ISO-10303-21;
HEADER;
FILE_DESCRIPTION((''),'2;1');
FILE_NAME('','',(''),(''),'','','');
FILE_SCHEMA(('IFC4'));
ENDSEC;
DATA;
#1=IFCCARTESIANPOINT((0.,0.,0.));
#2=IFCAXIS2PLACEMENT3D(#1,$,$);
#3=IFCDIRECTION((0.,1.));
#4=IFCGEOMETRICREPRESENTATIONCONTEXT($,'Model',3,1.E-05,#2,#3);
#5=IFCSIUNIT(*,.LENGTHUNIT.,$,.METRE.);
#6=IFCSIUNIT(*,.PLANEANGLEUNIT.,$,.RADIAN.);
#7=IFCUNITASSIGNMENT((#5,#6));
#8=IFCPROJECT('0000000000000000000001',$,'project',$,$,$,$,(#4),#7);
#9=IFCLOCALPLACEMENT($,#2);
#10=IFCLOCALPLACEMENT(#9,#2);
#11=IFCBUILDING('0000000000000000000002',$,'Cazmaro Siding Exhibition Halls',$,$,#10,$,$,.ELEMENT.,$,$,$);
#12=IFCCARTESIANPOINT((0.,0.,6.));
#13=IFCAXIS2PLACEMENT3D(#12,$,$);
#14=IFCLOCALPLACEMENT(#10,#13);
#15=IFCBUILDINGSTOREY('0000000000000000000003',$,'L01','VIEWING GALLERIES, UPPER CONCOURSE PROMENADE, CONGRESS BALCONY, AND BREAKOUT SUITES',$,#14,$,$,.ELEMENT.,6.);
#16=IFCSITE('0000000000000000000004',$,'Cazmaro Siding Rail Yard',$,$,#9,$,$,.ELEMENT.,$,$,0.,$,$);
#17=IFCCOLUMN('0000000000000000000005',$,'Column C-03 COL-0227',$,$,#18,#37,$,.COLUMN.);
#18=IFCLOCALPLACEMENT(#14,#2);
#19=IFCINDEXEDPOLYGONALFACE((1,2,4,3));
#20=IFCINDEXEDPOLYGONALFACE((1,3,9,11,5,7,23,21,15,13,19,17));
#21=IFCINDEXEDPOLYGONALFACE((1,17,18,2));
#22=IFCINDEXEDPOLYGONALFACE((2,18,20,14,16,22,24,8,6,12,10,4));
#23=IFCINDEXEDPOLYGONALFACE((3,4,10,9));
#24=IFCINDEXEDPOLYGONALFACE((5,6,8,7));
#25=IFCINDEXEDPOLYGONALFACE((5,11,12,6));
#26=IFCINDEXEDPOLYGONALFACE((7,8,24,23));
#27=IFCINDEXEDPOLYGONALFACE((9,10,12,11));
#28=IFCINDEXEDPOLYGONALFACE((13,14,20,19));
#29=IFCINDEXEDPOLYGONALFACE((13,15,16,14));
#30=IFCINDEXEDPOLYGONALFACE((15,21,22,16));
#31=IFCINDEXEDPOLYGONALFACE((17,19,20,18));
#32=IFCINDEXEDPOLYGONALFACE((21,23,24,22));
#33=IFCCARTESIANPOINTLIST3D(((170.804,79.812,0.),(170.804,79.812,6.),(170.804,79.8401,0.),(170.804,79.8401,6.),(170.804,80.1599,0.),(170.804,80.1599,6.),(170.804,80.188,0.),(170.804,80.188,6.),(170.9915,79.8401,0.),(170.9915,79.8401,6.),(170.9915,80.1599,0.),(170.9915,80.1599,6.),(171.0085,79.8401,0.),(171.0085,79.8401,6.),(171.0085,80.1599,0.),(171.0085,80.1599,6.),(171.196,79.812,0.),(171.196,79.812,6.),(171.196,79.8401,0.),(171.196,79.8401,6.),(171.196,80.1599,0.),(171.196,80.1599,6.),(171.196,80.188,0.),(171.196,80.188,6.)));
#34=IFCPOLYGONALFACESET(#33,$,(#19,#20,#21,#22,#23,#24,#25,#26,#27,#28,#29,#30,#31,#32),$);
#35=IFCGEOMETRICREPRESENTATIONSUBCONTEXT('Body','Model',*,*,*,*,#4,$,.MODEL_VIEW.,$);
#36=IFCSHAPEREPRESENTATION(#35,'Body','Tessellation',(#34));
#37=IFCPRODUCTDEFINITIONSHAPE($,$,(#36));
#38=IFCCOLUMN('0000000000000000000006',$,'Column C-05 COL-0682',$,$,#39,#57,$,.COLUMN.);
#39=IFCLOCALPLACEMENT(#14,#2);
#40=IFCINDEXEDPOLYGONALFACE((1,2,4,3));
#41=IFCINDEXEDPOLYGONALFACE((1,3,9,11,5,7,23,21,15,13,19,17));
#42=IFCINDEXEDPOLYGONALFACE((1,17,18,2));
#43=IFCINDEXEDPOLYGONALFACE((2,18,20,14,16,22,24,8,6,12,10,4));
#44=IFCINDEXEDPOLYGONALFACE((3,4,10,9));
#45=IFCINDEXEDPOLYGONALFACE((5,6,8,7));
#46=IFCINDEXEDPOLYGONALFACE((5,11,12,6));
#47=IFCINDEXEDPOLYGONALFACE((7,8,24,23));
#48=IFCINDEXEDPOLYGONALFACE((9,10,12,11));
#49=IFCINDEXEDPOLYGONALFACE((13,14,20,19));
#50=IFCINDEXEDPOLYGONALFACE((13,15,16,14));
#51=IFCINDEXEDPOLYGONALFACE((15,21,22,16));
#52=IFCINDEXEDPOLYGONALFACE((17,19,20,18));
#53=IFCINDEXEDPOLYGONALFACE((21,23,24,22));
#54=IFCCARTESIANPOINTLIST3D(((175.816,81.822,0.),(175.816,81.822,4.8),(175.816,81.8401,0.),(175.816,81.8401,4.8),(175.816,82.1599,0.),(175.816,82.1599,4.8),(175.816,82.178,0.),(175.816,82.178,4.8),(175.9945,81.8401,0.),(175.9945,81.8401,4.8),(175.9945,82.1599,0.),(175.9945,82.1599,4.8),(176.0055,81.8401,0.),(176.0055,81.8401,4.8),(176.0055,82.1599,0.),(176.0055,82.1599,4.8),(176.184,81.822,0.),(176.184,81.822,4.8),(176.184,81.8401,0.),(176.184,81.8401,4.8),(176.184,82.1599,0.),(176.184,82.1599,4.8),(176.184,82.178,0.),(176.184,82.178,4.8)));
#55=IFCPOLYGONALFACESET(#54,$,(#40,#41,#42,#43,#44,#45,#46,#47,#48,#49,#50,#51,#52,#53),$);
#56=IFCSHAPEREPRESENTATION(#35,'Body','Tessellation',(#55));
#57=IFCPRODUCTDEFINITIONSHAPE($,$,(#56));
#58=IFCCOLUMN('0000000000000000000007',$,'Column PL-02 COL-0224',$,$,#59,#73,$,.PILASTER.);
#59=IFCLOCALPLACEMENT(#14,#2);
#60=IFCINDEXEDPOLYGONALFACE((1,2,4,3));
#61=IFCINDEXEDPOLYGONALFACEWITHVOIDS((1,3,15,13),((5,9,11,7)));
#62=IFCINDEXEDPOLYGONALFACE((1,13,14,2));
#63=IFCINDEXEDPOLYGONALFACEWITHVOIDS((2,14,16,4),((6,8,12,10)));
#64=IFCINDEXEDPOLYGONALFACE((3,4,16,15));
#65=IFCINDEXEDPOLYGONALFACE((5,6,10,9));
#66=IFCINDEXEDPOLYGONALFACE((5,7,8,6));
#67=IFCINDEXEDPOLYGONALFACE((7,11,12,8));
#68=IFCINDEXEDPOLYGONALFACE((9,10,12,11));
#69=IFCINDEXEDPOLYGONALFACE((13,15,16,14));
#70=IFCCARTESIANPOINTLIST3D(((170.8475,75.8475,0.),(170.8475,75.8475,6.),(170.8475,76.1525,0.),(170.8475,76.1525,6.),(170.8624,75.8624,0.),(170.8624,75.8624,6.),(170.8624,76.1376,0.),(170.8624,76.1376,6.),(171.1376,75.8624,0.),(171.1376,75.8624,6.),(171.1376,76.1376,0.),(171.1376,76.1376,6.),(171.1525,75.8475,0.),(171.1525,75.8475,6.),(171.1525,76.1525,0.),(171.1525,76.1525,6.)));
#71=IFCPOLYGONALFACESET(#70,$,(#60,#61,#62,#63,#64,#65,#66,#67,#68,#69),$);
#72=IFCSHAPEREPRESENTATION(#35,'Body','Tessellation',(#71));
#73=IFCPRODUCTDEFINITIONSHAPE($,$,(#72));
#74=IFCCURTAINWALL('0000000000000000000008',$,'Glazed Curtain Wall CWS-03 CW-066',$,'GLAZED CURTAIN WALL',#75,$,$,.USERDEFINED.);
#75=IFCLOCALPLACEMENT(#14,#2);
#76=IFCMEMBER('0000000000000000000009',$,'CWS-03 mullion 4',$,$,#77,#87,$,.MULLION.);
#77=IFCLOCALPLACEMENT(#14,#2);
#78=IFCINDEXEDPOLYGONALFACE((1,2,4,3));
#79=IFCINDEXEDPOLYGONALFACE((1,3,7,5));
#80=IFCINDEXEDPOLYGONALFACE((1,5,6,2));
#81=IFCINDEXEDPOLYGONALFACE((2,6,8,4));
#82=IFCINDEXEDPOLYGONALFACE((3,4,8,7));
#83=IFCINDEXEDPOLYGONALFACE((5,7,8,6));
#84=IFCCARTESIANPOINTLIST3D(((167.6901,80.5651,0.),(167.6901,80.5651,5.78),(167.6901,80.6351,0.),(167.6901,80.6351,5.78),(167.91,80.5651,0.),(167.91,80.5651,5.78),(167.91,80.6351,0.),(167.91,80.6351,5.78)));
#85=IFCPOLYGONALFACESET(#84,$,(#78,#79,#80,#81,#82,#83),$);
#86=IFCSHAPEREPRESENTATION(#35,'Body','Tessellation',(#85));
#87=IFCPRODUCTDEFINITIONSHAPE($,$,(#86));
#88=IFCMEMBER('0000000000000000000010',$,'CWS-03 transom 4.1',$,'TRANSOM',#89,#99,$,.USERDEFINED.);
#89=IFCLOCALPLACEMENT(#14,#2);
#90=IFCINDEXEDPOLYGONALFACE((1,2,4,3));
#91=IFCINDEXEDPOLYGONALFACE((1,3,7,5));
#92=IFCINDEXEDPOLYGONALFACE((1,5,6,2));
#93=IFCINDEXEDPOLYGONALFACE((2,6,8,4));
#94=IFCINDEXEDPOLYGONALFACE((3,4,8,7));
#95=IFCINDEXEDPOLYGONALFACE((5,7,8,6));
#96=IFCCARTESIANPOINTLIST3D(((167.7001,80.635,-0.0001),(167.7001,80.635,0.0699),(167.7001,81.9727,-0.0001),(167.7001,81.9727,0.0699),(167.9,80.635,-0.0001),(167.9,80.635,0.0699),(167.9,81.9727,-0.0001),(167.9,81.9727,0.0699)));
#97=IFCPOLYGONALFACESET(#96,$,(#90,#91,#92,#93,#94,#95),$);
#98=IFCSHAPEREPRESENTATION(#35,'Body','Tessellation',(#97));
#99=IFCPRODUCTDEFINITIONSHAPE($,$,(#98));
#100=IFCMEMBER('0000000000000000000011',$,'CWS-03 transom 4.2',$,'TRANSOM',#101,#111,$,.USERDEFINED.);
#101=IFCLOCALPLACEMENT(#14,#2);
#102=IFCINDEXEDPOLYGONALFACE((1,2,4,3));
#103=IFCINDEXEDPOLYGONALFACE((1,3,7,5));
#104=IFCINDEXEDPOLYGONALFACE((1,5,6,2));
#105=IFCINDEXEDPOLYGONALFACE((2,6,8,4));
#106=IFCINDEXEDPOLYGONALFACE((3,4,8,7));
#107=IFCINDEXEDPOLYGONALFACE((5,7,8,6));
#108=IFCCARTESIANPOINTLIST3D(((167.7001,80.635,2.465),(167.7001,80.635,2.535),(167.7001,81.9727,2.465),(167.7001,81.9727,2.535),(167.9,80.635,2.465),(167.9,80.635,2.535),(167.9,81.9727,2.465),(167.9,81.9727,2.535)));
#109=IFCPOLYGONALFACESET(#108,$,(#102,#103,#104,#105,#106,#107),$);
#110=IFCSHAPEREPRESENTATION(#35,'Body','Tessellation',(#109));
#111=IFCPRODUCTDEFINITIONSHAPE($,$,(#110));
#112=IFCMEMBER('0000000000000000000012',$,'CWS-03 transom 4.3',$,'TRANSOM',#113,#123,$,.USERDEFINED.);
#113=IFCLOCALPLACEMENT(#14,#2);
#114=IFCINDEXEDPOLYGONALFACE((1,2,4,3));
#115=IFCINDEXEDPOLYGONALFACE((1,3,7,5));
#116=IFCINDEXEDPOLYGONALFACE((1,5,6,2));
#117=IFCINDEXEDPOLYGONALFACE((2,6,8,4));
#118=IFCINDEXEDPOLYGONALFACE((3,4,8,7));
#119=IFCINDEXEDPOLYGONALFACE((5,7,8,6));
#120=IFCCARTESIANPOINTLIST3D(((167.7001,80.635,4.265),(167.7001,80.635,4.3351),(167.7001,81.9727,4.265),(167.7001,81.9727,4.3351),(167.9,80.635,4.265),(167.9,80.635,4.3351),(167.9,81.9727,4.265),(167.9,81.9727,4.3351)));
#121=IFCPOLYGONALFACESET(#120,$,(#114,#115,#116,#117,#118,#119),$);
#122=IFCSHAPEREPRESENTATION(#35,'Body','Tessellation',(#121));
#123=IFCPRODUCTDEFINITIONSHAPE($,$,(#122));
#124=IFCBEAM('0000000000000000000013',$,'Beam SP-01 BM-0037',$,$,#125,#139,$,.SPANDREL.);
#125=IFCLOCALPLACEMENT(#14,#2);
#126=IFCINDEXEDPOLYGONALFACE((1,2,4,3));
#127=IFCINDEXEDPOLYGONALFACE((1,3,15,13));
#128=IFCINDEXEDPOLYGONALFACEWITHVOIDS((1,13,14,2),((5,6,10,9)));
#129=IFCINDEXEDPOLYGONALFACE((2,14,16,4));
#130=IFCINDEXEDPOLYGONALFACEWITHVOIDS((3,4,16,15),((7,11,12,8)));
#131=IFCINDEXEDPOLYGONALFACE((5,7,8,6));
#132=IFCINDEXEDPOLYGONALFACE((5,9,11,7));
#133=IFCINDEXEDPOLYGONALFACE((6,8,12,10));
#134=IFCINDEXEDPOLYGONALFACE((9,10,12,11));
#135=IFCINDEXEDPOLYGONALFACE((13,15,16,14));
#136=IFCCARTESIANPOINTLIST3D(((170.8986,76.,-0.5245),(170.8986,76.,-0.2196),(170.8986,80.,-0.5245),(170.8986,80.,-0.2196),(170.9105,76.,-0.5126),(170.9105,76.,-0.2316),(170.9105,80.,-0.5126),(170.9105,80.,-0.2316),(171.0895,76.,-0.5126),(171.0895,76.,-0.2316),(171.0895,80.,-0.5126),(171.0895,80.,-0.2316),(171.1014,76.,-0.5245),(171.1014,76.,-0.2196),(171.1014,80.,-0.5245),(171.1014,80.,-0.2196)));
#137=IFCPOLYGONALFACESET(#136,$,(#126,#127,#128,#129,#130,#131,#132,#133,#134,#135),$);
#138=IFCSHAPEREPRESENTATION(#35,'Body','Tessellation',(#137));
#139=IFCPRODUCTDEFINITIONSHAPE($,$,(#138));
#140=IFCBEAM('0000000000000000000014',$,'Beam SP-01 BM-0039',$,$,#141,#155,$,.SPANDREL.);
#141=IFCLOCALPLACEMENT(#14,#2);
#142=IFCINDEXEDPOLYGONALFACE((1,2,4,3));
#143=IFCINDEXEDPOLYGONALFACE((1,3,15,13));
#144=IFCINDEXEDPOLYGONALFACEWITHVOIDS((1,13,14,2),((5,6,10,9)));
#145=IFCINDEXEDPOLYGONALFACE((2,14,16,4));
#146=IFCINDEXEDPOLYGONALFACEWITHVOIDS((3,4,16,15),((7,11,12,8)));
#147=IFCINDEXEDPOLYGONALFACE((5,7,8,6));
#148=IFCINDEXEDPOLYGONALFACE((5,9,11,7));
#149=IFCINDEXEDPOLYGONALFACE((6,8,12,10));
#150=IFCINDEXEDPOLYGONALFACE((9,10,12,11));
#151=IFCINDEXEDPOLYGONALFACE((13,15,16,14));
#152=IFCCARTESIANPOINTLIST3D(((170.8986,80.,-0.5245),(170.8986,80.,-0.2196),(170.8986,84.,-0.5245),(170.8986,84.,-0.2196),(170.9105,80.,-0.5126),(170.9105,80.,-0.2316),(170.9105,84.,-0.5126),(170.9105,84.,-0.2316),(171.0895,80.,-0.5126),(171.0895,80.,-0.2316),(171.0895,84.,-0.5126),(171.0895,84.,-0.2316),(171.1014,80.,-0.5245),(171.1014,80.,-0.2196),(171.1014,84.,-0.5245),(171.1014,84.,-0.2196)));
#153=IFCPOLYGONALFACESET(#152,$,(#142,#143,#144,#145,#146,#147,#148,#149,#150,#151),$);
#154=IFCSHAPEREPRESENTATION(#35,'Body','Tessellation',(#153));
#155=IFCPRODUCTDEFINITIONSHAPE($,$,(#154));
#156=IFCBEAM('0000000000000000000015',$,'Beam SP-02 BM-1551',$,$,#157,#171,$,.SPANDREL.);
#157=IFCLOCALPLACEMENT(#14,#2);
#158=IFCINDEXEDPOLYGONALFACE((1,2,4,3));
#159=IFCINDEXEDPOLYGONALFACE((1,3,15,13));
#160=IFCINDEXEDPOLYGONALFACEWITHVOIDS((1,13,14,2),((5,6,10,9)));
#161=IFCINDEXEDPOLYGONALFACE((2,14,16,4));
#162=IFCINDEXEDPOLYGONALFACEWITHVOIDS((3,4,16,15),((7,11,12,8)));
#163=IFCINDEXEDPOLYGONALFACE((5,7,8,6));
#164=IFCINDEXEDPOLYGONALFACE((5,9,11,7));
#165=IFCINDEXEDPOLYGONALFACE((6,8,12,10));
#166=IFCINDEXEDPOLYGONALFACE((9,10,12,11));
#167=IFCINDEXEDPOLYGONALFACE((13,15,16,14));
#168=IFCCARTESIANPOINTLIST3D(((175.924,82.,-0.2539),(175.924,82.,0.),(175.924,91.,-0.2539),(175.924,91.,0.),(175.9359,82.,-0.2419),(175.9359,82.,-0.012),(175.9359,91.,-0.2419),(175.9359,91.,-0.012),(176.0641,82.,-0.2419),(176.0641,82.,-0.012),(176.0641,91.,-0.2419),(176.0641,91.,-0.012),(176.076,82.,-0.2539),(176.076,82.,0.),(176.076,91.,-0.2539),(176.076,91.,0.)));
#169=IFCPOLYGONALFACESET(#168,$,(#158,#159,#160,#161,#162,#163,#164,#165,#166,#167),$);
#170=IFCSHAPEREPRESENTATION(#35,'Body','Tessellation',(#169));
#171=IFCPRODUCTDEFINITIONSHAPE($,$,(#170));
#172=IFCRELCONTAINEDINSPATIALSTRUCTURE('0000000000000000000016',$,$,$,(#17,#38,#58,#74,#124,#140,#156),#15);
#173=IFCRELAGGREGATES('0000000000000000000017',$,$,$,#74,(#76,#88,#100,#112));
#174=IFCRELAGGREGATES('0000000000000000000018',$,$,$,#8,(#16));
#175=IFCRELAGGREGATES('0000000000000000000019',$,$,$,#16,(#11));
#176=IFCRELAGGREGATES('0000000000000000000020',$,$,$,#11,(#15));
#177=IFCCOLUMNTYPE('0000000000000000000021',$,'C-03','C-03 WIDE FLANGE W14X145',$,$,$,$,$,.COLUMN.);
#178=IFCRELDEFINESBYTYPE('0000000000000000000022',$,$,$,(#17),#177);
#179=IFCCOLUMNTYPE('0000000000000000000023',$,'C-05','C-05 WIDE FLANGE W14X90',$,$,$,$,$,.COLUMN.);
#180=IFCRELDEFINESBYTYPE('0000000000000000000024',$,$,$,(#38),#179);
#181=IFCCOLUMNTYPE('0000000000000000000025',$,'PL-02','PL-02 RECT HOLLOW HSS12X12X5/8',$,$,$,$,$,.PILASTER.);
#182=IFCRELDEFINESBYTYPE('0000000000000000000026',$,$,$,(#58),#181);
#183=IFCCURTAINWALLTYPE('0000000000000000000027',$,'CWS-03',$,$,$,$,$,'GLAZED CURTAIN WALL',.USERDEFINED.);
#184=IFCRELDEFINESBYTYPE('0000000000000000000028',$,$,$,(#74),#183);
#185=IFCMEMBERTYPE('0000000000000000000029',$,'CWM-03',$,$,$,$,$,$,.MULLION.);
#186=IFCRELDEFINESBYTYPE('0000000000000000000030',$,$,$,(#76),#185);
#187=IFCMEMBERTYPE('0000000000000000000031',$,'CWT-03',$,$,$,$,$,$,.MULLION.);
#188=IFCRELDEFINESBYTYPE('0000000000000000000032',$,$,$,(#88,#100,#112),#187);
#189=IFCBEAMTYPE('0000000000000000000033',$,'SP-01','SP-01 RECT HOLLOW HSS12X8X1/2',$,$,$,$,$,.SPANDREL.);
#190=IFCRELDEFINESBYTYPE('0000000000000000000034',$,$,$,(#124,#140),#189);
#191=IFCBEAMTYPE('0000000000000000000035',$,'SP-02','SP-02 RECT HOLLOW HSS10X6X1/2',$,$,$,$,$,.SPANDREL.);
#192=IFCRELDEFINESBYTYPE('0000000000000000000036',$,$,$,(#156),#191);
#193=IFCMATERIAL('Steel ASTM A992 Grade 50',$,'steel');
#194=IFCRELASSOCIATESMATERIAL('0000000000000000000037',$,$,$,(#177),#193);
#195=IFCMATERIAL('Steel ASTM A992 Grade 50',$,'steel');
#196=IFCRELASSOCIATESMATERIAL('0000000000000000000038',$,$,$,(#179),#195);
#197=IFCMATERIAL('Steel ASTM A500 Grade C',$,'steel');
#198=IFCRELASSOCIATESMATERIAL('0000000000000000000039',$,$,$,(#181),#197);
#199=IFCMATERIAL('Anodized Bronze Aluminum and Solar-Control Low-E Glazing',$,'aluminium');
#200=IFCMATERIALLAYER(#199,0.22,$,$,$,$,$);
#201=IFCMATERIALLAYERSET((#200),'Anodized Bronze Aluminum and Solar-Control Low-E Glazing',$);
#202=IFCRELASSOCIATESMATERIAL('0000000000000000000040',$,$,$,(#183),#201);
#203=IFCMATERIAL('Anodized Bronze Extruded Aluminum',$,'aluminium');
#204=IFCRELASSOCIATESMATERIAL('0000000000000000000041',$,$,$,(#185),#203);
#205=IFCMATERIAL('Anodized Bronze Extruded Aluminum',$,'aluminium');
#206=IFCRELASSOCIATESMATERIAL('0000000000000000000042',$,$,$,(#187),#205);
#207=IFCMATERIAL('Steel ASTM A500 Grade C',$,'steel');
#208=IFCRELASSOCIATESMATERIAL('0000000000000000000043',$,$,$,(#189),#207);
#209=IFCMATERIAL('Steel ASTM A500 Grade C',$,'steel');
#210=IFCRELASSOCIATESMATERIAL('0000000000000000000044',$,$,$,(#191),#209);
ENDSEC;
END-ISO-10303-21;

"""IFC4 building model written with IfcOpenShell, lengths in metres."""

from ifc_helpers import new_model, si_unit, direction, frame, origin, origin_2d, place, context, subcontext, project, spatial, rectangle, hollow_rectangle, i_section, extrude, material, layer, layer_set, material_profile, profile_set, type_object, element, aggregate, save


model = new_model("IFC4")

# Units and contexts
model_context = context("Model", 3, precision=1e-05, world=origin(), true_north=direction((0.0, 1.0)))
body_context = subcontext(model_context, "Body", "Model", "MODEL_VIEW")
ifc_project = project(units=[si_unit("LENGTHUNIT", "METRE"), si_unit("PLANEANGLEUNIT", "RADIAN")], contexts=[model_context])

# Site, building, storey
site_placement = place(None, origin())
site = spatial("IfcSite", under=ifc_project, at=site_placement, Name="Cazmaro Siding Rail Yard", CompositionType="ELEMENT", RefElevation=0.0)
building_placement = place(site_placement, origin())
building = spatial("IfcBuilding", under=site, at=building_placement, Name="Cazmaro Siding Exhibition Halls", CompositionType="ELEMENT")
storey_placement = place(building_placement, frame((0.0, 0.0, 6.0)))
storey = spatial("IfcBuildingStorey", under=building, at=storey_placement, Name="L01", Description="VIEWING GALLERIES, UPPER CONCOURSE PROMENADE, CONGRESS BALCONY, AND BREAKOUT SUITES", CompositionType="ELEMENT", Elevation=6.0)

# Columns
ifc_material_1 = material(Name="Steel ASTM A992 Grade 50", Category="steel")
ifc_material_profile_1 = material_profile(ifc_material_1, i_section(OverallWidth=0.3921, OverallDepth=0.376, WebThickness=0.0171, FlangeThickness=0.0281, at=origin_2d()), Name="W14X145")
ifc_profile_set_1 = profile_set([ifc_material_profile_1], Name="Steel ASTM A992 Grade 50")
column_type_1 = type_object("IfcColumnType", Name="C-03", Description="C-03 WIDE FLANGE W14X145", PredefinedType="COLUMN", material=ifc_profile_set_1)
column_1_placement = place(storey_placement, frame((171.0, 80.0, 0.0), z_axis=(0.0, 0.0, 1.0), x_axis=(1.0, 0.0, 0.0)))
element("IfcColumn", 1, at=column_1_placement, inside=storey, type_object=column_type_1, Name="Column C-03 COL-0227", PredefinedType="COLUMN", context=body_context, shape_type="SweptSolid", body=[
    extrude(i_section(OverallWidth=0.3921, OverallDepth=0.376, WebThickness=0.0171, FlangeThickness=0.0281, at=origin_2d()), origin(), (0.0, 0.0, 1.0), 6.0),
])
ifc_material_2 = material(Name="Steel ASTM A992 Grade 50", Category="steel")
ifc_material_profile_2 = material_profile(ifc_material_2, i_section(OverallWidth=0.3679, OverallDepth=0.356, WebThickness=0.011, FlangeThickness=0.0181, at=origin_2d()), Name="W14X90")
ifc_profile_set_2 = profile_set([ifc_material_profile_2], Name="Steel ASTM A992 Grade 50")
column_type_2 = type_object("IfcColumnType", Name="C-05", Description="C-05 WIDE FLANGE W14X90", PredefinedType="COLUMN", material=ifc_profile_set_2)
column_2_placement = place(storey_placement, frame((176.0, 82.0, 0.0), z_axis=(0.0, 0.0, 1.0), x_axis=(1.0, 0.0, 0.0)))
element("IfcColumn", 2, at=column_2_placement, inside=storey, type_object=column_type_2, Name="Column C-05 COL-0682", PredefinedType="COLUMN", context=body_context, shape_type="SweptSolid", body=[
    extrude(i_section(OverallWidth=0.3679, OverallDepth=0.356, WebThickness=0.011, FlangeThickness=0.0181, at=origin_2d()), origin(), (0.0, 0.0, 1.0), 4.8),
])
ifc_material_3 = material(Name="Steel ASTM A500 Grade C", Category="steel")
ifc_material_profile_3 = material_profile(ifc_material_3, hollow_rectangle(XDim=0.3049, YDim=0.3049, WallThickness=0.0149, at=origin_2d()), Name="HSS12X12X5/8")
ifc_profile_set_3 = profile_set([ifc_material_profile_3], Name="Steel ASTM A500 Grade C")
column_type_3 = type_object("IfcColumnType", Name="PL-02", Description="PL-02 RECT HOLLOW HSS12X12X5/8", PredefinedType="PILASTER", material=ifc_profile_set_3)
column_3_placement = place(storey_placement, frame((171.0, 76.0, 0.0), z_axis=(0.0, 0.0, 1.0), x_axis=(1.0, 0.0, 0.0)))
element("IfcColumn", 3, at=column_3_placement, inside=storey, type_object=column_type_3, Name="Column PL-02 COL-0224", PredefinedType="PILASTER", context=body_context, shape_type="SweptSolid", body=[
    extrude(hollow_rectangle(XDim=0.3049, YDim=0.3049, WallThickness=0.0149, at=origin_2d()), origin(), (0.0, 0.0, 1.0), 6.0),
])

# Curtain wall, members
ifc_material_4 = material(Name="Anodized Bronze Aluminum and Solar-Control Low-E Glazing", Category="aluminium")
ifc_layer_1 = layer(ifc_material_4, 0.22)
ifc_layer_set_1 = layer_set([ifc_layer_1], Name="Anodized Bronze Aluminum and Solar-Control Low-E Glazing")
curtain_wall_type = type_object("IfcCurtainWallType", Name="CWS-03", ElementType="GLAZED CURTAIN WALL", PredefinedType="USERDEFINED", material=ifc_layer_set_1)
curtain_wall_placement = place(storey_placement, origin())
curtain_wall = element("IfcCurtainWall", 4, at=curtain_wall_placement, inside=storey, type_object=curtain_wall_type, Name="Glazed Curtain Wall CWS-03 CW-066", ObjectType="GLAZED CURTAIN WALL", PredefinedType="USERDEFINED")
ifc_material_5 = material(Name="Anodized Bronze Extruded Aluminum", Category="aluminium")
ifc_material_profile_4 = material_profile(ifc_material_5, rectangle(XDim=0.22, YDim=0.0701, at=origin_2d()), Name="CWM-03")
ifc_profile_set_4 = profile_set([ifc_material_profile_4], Name="Anodized Bronze Extruded Aluminum")
member_type_1 = type_object("IfcMemberType", Name="CWM-03", PredefinedType="MULLION", material=ifc_profile_set_4)
member_1_placement = place(storey_placement, frame((167.8, 80.6001, 0.0), z_axis=(0.0, 0.0, 1.0), x_axis=(-1.0, 0.0, 0.0)))
member_1 = element("IfcMember", 5, at=member_1_placement, type_object=member_type_1, Name="CWS-03 mullion 4", PredefinedType="MULLION", context=body_context, shape_type="SweptSolid", body=[
    extrude(rectangle(XDim=0.22, YDim=0.0701, at=origin_2d()), origin(), (0.0, 0.0, 1.0), 5.78),
])
ifc_material_6 = material(Name="Anodized Bronze Extruded Aluminum", Category="aluminium")
ifc_material_profile_5 = material_profile(ifc_material_6, rectangle(XDim=0.2, YDim=0.0701, at=origin_2d()), Name="CWT-03")
ifc_profile_set_5 = profile_set([ifc_material_profile_5], Name="Anodized Bronze Extruded Aluminum")
member_type_2 = type_object("IfcMemberType", Name="CWT-03", PredefinedType="MULLION", material=ifc_profile_set_5)
member_2_placement = place(storey_placement, frame((167.8, 80.635, 0.0349), z_axis=(0.0, 1.0, 0.0), x_axis=(-1.0, 0.0, 0.0)))
member_2 = element("IfcMember", 6, at=member_2_placement, type_object=member_type_2, Name="CWS-03 transom 4.1", ObjectType="TRANSOM", PredefinedType="USERDEFINED", context=body_context, shape_type="SweptSolid", body=[
    extrude(rectangle(XDim=0.2, YDim=0.0701, at=origin_2d()), origin(), (0.0, 0.0, 1.0), 1.3376),
])
member_3_placement = place(storey_placement, frame((167.8, 80.635, 2.5), z_axis=(0.0, 1.0, 0.0), x_axis=(-1.0, 0.0, 0.0)))
member_3 = element("IfcMember", 7, at=member_3_placement, type_object=member_type_2, Name="CWS-03 transom 4.2", ObjectType="TRANSOM", PredefinedType="USERDEFINED", context=body_context, shape_type="SweptSolid", body=[
    extrude(rectangle(XDim=0.2, YDim=0.0701, at=origin_2d()), origin(), (0.0, 0.0, 1.0), 1.3376),
])
member_4_placement = place(storey_placement, frame((167.8, 80.635, 4.3), z_axis=(0.0, 1.0, 0.0), x_axis=(-1.0, 0.0, 0.0)))
member_4 = element("IfcMember", 8, at=member_4_placement, type_object=member_type_2, Name="CWS-03 transom 4.3", ObjectType="TRANSOM", PredefinedType="USERDEFINED", context=body_context, shape_type="SweptSolid", body=[
    extrude(rectangle(XDim=0.2, YDim=0.0701, at=origin_2d()), origin(), (0.0, 0.0, 1.0), 1.3376),
])

# Beams
ifc_material_7 = material(Name="Steel ASTM A500 Grade C", Category="steel")
ifc_material_profile_6 = material_profile(ifc_material_7, hollow_rectangle(XDim=0.2029, YDim=0.3049, WallThickness=0.012, at=origin_2d()), Name="HSS12X8X1/2")
ifc_profile_set_6 = profile_set([ifc_material_profile_6], Name="Steel ASTM A500 Grade C")
beam_type_1 = type_object("IfcBeamType", Name="SP-01", Description="SP-01 RECT HOLLOW HSS12X8X1/2", PredefinedType="SPANDREL", material=ifc_profile_set_6)
for number, where, z_axis, x_axis, name in (
    (9, (171.0, 76.0, -0.3721), (0.0, 1.0, 0.0), (-1.0, 0.0, 0.0), "Beam SP-01 BM-0037"),
    (10, (171.0, 80.0, -0.3721), (0.0, 1.0, 0.0), (-1.0, 0.0, 0.0), "Beam SP-01 BM-0039"),
):
    element("IfcBeam", number, at=place(storey_placement, frame(where, z_axis=z_axis, x_axis=x_axis)), inside=storey, type_object=beam_type_1, Name=name, PredefinedType="SPANDREL", context=body_context, shape_type="SweptSolid", body=[
        extrude(hollow_rectangle(XDim=0.2029, YDim=0.3049, WallThickness=0.012, at=origin_2d()), origin(), (0.0, 0.0, 1.0), 4.0),
    ])
ifc_material_8 = material(Name="Steel ASTM A500 Grade C", Category="steel")
ifc_material_profile_7 = material_profile(ifc_material_8, hollow_rectangle(XDim=0.1521, YDim=0.2539, WallThickness=0.012, at=origin_2d()), Name="HSS10X6X1/2")
ifc_profile_set_7 = profile_set([ifc_material_profile_7], Name="Steel ASTM A500 Grade C")
beam_type_2 = type_object("IfcBeamType", Name="SP-02", Description="SP-02 RECT HOLLOW HSS10X6X1/2", PredefinedType="SPANDREL", material=ifc_profile_set_7)
beam_placement = place(storey_placement, frame((176.0, 82.0, -0.127), z_axis=(0.0, 1.0, 0.0), x_axis=(-1.0, 0.0, 0.0)))
element("IfcBeam", 11, at=beam_placement, inside=storey, type_object=beam_type_2, Name="Beam SP-02 BM-1551", PredefinedType="SPANDREL", context=body_context, shape_type="SweptSolid", body=[
    extrude(hollow_rectangle(XDim=0.1521, YDim=0.2539, WallThickness=0.012, at=origin_2d()), origin(), (0.0, 0.0, 1.0), 9.0),
])

aggregate(curtain_wall, [member_1, member_2, member_3, member_4])

save(model, "model.ifc")
